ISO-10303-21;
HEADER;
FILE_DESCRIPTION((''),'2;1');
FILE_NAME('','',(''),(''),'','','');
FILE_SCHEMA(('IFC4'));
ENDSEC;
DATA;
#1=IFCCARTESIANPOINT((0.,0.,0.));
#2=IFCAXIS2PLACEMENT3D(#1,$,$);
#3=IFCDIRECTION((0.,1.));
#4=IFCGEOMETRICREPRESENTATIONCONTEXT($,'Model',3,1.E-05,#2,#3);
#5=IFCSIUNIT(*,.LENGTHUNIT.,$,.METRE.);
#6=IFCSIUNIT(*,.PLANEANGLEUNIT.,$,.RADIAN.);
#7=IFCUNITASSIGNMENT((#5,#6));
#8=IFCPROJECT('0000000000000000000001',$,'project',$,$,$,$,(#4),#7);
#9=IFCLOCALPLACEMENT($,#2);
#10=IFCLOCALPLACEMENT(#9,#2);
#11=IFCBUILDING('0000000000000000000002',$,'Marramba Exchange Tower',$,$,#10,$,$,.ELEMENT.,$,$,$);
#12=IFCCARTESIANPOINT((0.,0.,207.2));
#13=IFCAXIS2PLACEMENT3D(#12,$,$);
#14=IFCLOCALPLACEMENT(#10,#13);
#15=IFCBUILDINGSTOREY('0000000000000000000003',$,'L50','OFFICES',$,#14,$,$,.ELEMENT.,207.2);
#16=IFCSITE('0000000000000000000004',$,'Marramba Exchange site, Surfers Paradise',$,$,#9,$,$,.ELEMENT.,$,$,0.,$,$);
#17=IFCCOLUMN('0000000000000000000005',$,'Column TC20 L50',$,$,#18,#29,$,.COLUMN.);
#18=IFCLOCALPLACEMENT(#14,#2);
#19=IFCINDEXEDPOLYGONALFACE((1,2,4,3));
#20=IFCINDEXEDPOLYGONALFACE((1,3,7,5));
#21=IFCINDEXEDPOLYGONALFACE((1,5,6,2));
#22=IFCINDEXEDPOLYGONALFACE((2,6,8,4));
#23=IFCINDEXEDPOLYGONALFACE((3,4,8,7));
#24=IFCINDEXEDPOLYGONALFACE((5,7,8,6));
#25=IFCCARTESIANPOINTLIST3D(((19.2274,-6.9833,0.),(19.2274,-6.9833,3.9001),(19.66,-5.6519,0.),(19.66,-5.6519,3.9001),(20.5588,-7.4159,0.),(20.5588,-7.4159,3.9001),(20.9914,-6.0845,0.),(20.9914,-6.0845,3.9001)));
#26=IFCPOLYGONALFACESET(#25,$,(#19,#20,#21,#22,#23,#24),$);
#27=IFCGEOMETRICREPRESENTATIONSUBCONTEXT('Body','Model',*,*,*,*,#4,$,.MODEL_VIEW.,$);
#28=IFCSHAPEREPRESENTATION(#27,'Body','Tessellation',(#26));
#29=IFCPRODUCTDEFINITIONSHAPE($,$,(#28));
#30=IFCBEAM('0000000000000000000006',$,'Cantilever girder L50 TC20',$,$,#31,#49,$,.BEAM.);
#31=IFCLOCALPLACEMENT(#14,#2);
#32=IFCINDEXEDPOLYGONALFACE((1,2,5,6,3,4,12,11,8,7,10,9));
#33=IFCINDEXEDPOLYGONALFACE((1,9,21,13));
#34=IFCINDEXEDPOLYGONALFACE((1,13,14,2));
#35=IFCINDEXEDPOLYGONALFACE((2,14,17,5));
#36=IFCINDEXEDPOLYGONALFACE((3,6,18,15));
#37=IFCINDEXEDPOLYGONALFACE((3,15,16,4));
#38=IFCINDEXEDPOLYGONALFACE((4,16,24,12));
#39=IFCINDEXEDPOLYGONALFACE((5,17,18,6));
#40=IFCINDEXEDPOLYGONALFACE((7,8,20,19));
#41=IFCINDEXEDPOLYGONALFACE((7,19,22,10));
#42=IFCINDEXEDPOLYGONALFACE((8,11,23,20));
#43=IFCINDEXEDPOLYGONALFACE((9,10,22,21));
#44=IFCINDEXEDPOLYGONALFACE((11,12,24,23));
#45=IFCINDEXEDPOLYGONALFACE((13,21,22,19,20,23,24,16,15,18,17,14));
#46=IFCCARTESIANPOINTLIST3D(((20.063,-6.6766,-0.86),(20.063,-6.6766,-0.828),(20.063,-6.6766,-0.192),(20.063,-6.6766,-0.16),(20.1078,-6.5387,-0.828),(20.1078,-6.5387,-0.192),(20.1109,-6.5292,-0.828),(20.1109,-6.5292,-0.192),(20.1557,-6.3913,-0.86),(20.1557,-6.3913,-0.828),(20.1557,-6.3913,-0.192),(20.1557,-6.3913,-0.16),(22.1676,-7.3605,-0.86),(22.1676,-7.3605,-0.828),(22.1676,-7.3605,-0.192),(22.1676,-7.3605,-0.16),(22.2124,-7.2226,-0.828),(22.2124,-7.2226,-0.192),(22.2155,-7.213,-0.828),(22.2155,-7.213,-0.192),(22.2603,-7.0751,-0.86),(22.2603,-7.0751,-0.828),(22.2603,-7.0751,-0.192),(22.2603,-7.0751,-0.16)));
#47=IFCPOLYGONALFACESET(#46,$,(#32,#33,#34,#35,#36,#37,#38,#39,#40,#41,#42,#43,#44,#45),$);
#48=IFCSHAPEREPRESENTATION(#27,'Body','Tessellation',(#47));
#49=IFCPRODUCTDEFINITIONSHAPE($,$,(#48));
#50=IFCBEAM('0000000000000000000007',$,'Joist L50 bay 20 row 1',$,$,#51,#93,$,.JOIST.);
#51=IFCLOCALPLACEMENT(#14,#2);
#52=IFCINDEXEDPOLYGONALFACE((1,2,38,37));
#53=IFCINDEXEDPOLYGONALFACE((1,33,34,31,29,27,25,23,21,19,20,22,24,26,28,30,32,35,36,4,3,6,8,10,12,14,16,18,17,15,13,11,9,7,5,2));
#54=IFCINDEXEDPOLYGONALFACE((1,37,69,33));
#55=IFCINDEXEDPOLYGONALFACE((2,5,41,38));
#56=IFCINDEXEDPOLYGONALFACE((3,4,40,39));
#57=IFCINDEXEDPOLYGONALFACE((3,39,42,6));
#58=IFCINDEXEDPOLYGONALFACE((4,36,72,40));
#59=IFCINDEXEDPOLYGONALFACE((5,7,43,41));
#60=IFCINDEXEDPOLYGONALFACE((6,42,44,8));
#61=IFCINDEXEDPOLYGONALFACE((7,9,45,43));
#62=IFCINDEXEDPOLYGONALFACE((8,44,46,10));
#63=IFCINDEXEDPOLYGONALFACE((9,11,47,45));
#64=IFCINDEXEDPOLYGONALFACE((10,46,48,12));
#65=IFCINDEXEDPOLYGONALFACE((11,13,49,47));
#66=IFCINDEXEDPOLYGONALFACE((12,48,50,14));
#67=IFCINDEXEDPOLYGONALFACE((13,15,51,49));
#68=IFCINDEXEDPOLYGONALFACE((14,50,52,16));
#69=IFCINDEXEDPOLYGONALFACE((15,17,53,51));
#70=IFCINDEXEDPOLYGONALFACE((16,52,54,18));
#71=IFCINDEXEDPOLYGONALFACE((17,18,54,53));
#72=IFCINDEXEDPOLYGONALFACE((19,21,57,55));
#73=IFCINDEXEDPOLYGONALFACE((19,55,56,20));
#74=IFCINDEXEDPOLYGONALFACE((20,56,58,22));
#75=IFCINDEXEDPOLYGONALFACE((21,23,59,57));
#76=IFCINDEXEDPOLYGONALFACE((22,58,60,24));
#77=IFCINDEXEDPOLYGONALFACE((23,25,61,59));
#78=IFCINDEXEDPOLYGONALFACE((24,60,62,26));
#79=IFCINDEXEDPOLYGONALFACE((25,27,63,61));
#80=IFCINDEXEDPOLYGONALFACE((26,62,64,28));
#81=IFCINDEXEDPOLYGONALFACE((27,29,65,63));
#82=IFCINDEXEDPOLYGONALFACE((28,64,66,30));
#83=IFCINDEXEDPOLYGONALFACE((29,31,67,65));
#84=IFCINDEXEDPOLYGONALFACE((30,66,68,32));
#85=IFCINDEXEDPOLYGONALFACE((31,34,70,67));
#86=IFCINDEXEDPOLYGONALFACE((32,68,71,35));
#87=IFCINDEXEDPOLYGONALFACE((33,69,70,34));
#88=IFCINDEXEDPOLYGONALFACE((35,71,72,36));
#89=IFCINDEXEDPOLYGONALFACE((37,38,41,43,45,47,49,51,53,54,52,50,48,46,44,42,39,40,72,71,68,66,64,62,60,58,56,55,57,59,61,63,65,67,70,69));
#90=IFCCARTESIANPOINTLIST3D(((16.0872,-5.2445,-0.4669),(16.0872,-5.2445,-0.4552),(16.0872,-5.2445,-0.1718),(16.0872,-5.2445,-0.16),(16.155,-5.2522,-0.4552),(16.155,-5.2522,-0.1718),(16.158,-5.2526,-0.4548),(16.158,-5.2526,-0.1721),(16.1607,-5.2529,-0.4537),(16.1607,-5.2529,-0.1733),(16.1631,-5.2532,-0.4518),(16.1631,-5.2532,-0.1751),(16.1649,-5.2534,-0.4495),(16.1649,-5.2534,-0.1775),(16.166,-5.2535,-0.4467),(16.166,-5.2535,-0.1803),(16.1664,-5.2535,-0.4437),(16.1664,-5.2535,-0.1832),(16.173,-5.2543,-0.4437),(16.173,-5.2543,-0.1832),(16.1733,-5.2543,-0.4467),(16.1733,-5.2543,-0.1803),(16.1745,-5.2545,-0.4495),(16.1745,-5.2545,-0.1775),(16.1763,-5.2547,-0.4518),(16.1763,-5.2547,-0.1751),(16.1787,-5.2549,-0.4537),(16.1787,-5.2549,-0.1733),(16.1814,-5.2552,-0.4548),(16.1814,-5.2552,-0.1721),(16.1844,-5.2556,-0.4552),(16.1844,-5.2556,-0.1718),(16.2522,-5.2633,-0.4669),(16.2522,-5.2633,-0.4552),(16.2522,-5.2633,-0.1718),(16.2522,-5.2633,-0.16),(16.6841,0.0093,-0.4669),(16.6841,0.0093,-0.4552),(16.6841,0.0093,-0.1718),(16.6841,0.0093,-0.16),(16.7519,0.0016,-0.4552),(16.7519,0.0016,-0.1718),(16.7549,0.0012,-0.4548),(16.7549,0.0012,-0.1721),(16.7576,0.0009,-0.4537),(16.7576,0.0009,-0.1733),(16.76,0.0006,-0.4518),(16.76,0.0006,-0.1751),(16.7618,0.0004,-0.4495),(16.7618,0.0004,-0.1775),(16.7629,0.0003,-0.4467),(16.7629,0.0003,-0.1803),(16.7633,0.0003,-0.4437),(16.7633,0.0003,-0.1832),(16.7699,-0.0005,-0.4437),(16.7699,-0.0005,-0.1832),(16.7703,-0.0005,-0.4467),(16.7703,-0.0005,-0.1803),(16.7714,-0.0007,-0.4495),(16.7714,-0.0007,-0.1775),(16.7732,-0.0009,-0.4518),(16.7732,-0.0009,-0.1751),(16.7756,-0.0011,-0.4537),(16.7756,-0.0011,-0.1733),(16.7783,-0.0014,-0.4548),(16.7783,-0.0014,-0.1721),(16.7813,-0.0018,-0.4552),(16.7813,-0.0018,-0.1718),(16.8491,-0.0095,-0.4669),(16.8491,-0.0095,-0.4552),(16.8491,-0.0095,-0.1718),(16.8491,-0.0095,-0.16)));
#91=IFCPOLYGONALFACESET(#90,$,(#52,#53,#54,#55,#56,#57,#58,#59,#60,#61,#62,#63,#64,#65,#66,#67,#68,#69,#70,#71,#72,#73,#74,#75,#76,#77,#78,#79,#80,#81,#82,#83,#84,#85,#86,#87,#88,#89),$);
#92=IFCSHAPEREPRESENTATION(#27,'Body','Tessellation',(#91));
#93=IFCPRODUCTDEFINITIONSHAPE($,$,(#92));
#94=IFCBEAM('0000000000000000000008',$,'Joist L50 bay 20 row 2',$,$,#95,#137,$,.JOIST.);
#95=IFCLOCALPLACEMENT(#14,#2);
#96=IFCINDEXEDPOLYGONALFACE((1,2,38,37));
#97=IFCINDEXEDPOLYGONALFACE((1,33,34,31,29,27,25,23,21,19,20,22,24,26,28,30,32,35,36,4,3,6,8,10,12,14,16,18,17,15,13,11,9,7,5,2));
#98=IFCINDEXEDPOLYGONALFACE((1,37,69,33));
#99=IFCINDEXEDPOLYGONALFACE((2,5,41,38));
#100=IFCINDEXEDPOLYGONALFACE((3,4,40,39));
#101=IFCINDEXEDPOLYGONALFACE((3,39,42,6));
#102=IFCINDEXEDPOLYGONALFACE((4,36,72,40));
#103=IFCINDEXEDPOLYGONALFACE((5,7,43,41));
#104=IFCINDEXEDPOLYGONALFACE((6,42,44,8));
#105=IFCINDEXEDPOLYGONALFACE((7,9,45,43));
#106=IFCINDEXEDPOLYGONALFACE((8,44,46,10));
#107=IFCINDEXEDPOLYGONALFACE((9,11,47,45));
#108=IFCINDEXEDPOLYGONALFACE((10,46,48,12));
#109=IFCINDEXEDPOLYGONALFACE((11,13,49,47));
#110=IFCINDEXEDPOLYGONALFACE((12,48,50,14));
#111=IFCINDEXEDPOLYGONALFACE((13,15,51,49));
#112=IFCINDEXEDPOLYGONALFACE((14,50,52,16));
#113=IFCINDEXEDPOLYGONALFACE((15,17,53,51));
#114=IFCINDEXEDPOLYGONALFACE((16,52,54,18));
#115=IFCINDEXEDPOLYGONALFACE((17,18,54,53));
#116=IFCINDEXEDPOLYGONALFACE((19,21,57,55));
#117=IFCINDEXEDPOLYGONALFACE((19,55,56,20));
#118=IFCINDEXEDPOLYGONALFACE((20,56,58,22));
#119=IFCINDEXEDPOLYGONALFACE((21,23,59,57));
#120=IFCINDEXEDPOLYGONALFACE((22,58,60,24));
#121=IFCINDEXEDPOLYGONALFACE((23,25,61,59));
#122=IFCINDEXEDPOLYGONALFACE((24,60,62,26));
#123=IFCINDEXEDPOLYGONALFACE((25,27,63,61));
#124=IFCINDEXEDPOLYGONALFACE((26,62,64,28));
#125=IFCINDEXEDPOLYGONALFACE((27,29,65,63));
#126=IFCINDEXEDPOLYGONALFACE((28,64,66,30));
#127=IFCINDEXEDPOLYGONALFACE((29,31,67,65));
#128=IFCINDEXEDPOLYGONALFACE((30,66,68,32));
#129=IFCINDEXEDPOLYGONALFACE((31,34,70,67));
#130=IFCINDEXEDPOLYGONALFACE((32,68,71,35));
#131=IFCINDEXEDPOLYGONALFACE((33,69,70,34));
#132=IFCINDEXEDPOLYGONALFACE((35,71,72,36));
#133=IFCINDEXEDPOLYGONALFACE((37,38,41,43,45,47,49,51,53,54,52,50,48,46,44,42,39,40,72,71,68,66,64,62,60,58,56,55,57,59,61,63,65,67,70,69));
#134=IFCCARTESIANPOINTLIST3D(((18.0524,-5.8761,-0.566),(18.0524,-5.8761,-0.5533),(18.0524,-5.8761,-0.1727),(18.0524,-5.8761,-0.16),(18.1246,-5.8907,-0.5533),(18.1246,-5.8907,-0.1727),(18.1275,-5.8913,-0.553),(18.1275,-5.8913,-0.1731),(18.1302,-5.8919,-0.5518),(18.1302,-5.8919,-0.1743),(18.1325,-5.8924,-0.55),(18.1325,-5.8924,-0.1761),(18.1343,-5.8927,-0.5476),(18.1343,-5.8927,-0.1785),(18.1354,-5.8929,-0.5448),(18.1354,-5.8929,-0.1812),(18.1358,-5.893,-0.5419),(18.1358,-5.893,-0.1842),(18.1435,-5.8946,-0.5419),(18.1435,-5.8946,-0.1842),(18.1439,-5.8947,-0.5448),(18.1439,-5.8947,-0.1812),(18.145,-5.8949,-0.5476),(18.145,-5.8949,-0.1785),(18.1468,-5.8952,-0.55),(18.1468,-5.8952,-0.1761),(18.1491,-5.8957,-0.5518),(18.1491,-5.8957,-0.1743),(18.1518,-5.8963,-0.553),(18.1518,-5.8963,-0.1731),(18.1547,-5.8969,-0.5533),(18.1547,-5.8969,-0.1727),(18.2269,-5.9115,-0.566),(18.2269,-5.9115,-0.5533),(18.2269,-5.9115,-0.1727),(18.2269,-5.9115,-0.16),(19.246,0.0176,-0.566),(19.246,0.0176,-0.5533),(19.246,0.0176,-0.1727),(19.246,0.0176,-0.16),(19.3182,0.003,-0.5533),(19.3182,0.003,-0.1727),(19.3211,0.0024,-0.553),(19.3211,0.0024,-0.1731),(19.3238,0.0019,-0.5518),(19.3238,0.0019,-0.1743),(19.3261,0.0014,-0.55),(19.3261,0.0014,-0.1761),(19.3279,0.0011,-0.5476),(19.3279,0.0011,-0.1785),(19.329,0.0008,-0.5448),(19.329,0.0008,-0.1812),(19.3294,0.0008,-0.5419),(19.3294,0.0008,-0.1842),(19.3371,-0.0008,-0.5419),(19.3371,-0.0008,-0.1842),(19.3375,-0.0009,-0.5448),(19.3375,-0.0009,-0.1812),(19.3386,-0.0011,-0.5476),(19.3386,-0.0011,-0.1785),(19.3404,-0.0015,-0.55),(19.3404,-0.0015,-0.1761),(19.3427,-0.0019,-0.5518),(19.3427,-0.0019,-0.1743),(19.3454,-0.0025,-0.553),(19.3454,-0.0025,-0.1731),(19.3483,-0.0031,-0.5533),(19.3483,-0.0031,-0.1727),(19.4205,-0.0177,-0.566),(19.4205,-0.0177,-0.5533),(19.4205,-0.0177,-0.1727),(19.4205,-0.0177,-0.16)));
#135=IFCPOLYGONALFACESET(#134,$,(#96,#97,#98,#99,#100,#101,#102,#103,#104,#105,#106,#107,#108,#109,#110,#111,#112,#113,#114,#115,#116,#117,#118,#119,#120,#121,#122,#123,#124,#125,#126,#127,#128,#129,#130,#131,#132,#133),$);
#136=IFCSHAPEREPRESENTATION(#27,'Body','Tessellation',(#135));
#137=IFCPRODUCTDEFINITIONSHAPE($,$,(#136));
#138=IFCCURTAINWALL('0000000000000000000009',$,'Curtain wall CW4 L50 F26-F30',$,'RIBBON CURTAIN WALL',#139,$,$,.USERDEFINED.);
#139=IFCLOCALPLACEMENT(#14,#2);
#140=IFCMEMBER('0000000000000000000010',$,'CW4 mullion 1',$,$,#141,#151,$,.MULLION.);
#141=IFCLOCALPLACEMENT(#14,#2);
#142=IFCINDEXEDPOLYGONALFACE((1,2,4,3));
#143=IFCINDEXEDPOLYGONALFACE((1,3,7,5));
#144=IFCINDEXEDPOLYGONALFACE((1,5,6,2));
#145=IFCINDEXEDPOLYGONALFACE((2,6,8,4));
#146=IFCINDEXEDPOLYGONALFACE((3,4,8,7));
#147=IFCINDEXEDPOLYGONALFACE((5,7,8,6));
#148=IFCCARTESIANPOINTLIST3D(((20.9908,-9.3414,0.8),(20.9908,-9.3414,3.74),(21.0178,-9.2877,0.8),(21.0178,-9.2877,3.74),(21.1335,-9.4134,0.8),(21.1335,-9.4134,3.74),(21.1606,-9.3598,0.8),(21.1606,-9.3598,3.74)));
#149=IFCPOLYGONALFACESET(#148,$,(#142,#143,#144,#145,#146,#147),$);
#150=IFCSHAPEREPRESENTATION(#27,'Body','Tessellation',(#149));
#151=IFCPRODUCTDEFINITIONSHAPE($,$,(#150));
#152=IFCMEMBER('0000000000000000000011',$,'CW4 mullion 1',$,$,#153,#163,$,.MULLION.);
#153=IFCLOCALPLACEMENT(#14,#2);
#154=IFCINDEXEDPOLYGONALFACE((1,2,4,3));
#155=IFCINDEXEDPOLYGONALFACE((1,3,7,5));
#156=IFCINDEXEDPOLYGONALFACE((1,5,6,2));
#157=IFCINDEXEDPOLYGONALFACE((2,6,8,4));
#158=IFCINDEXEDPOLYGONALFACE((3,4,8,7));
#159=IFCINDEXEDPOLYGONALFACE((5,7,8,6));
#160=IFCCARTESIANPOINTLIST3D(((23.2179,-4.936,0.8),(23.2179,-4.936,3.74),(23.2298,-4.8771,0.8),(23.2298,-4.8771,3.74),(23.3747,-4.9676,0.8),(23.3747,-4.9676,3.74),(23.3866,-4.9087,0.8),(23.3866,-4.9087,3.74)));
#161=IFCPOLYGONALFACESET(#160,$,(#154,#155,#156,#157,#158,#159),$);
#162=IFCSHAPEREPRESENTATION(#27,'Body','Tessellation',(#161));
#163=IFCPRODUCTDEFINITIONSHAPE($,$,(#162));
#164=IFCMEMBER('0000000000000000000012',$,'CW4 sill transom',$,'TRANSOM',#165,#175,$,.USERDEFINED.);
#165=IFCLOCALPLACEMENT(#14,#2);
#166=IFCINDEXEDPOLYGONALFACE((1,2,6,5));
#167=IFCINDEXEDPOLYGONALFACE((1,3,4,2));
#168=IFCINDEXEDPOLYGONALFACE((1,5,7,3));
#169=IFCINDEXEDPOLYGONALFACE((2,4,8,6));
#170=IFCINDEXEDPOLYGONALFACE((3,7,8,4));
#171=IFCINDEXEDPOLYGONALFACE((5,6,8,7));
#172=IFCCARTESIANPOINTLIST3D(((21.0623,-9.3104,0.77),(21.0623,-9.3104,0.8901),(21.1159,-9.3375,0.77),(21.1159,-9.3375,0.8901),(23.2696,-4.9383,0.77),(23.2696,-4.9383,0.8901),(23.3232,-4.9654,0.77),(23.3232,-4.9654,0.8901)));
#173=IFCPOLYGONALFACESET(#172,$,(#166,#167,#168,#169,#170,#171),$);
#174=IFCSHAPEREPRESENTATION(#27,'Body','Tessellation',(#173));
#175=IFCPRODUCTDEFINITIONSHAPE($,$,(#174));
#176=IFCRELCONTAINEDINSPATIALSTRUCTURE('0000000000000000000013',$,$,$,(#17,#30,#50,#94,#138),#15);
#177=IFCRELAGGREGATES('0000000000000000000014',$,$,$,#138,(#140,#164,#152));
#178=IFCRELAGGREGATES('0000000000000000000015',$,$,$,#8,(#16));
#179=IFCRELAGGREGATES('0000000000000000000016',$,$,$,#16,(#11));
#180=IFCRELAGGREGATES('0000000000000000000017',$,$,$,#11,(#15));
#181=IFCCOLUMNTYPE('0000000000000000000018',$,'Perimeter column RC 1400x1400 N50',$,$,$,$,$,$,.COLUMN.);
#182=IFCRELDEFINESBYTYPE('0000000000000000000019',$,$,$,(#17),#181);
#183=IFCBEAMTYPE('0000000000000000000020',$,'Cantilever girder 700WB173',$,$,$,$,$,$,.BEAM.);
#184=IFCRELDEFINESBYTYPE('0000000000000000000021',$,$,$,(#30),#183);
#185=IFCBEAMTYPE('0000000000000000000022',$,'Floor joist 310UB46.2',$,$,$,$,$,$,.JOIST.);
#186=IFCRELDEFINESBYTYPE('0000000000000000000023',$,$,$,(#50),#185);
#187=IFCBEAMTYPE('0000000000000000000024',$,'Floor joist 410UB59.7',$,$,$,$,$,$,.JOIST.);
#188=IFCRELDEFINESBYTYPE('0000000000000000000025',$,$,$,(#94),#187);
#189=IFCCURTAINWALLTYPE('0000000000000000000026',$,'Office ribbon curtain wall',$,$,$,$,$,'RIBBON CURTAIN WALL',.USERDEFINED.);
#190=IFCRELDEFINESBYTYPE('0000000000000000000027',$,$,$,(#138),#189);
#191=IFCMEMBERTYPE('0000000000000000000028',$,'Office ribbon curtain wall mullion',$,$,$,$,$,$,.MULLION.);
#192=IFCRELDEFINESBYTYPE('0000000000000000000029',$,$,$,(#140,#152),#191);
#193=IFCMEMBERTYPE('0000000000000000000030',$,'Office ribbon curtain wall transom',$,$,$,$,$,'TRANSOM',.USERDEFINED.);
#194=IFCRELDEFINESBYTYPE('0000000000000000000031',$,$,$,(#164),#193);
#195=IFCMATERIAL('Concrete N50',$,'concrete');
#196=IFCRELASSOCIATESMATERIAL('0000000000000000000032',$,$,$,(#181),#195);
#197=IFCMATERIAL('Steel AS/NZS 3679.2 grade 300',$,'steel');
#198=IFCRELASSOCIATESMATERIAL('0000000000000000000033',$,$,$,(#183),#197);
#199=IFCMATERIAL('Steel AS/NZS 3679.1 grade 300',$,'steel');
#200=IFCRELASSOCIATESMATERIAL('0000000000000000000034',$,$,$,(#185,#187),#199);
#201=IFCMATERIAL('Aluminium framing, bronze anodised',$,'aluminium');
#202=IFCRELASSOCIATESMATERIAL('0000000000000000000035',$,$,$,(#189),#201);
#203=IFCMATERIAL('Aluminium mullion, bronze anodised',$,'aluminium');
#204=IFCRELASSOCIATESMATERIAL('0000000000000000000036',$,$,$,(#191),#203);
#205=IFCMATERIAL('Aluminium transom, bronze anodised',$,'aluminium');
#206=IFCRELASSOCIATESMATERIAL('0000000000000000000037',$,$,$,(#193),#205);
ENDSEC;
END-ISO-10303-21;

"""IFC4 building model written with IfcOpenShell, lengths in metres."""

from ifc_helpers import new_model, si_unit, direction, frame, origin, origin_2d, place, context, subcontext, project, spatial, rectangle, i_section, extrude, material, material_profile, profile_set, type_object, element, aggregate, save


model = new_model("IFC4")

# Units and contexts
model_context = context("Model", 3, precision=1e-05, world=origin(), true_north=direction((0.0, 1.0)))
body_context = subcontext(model_context, "Body", "Model", "MODEL_VIEW")
ifc_project = project(units=[si_unit("LENGTHUNIT", "METRE"), si_unit("PLANEANGLEUNIT", "RADIAN")], contexts=[model_context])

# Site, building, storey
site_placement = place(None, origin())
site = spatial("IfcSite", under=ifc_project, at=site_placement, Name="Marramba Exchange site, Surfers Paradise", CompositionType="ELEMENT", RefElevation=0.0)
building_placement = place(site_placement, origin())
building = spatial("IfcBuilding", under=site, at=building_placement, Name="Marramba Exchange Tower", CompositionType="ELEMENT")
storey_placement = place(building_placement, frame((0.0, 0.0, 207.2)))
storey = spatial("IfcBuildingStorey", under=building, at=storey_placement, Name="L50", Description="OFFICES", CompositionType="ELEMENT", Elevation=207.2)

# Column
ifc_material_1 = material(Name="Concrete N50", Category="concrete")
ifc_material_profile_1 = material_profile(ifc_material_1, rectangle(XDim=1.3999, YDim=1.3999, at=origin_2d()), Name="RC 1400x1400")
ifc_profile_set_1 = profile_set([ifc_material_profile_1], Name="Concrete N50")
column_type = type_object("IfcColumnType", Name="Perimeter column RC 1400x1400 N50", PredefinedType="COLUMN", material=ifc_profile_set_1)
column_placement = place(storey_placement, frame((20.1094, -6.5339, 0.0), z_axis=(0.0, 0.0, 1.0), x_axis=(0.951057, -0.309017, 0.0)))
element("IfcColumn", 1, at=column_placement, inside=storey, type_object=column_type, Name="Column TC20 L50", PredefinedType="COLUMN", context=body_context, shape_type="SweptSolid", body=[
    extrude(rectangle(XDim=1.3999, YDim=1.3999, at=origin_2d()), origin(), (0.0, 0.0, 1.0), 3.9001),
])

# Beams
ifc_material_2 = material(Name="Steel AS/NZS 3679.2 grade 300", Category="steel")
ifc_material_profile_2 = material_profile(ifc_material_2, i_section(OverallWidth=0.3, OverallDepth=0.7, WebThickness=0.01, FlangeThickness=0.032, at=origin_2d()), Name="700WB173")
ifc_profile_set_2 = profile_set([ifc_material_profile_2], Name="Steel AS/NZS 3679.2 grade 300")
beam_type_1 = type_object("IfcBeamType", Name="Cantilever girder 700WB173", PredefinedType="BEAM", material=ifc_profile_set_2)
beam_1_placement = place(storey_placement, frame((20.1094, -6.5339, -0.51), z_axis=(0.95105, -0.309036, 0.0), x_axis=(0.309036, 0.95105, 0.0)))
element("IfcBeam", 2, at=beam_1_placement, inside=storey, type_object=beam_type_1, Name="Cantilever girder L50 TC20", PredefinedType="BEAM", context=body_context, shape_type="SweptSolid", body=[
    extrude(i_section(OverallWidth=0.3, OverallDepth=0.7, WebThickness=0.01, FlangeThickness=0.032, at=origin_2d()), origin(), (0.0, 0.0, 1.0), 2.2129),
])
ifc_material_3 = material(Name="Steel AS/NZS 3679.1 grade 300", Category="steel")
ifc_material_profile_3 = material_profile(ifc_material_3, i_section(OverallWidth=0.166, OverallDepth=0.3069, WebThickness=0.0066, FlangeThickness=0.0117, FilletRadius=0.0115, at=origin_2d()), Name="310UB46.2")
ifc_profile_set_3 = profile_set([ifc_material_profile_3], Name="Steel AS/NZS 3679.1 grade 300")
beam_type_2 = type_object("IfcBeamType", Name="Floor joist 310UB46.2", PredefinedType="JOIST", material=ifc_profile_set_3)
beam_2_placement = place(storey_placement, frame((16.1697, -5.2539, -0.3135), z_axis=(0.112889, 0.993608, 0.0), x_axis=(-0.993608, 0.112889, 0.0)))
element("IfcBeam", 3, at=beam_2_placement, inside=storey, type_object=beam_type_2, Name="Joist L50 bay 20 row 1", PredefinedType="JOIST", context=body_context, shape_type="SweptSolid", body=[
    extrude(i_section(OverallWidth=0.166, OverallDepth=0.3069, WebThickness=0.0066, FlangeThickness=0.0117, FilletRadius=0.0115, at=origin_2d()), origin(), (0.0, 0.0, 1.0), 5.2876),
])
ifc_material_profile_4 = material_profile(ifc_material_3, i_section(OverallWidth=0.178, OverallDepth=0.406, WebThickness=0.0078, FlangeThickness=0.0127, FilletRadius=0.0115, at=origin_2d()), Name="410UB59.7")
ifc_profile_set_4 = profile_set([ifc_material_profile_4], Name="Steel AS/NZS 3679.1 grade 300")
beam_type_3 = type_object("IfcBeamType", Name="Floor joist 410UB59.7", PredefinedType="JOIST", material=ifc_profile_set_4)
beam_3_placement = place(storey_placement, frame((18.1396, -5.8938, -0.363), z_axis=(0.198489, 0.980103, 0.0), x_axis=(-0.980103, 0.198489, 0.0)))
element("IfcBeam", 4, at=beam_3_placement, inside=storey, type_object=beam_type_3, Name="Joist L50 bay 20 row 2", PredefinedType="JOIST", context=body_context, shape_type="SweptSolid", body=[
    extrude(i_section(OverallWidth=0.178, OverallDepth=0.406, WebThickness=0.0078, FlangeThickness=0.0127, FilletRadius=0.0115, at=origin_2d()), origin(), (0.0, 0.0, 1.0), 6.0134),
])

# Curtain wall, members
ifc_material_4 = material(Name="Aluminium framing, bronze anodised", Category="aluminium")
curtain_wall_type = type_object("IfcCurtainWallType", Name="Office ribbon curtain wall", ElementType="RIBBON CURTAIN WALL", PredefinedType="USERDEFINED", material=ifc_material_4)
curtain_wall_placement = place(storey_placement, origin())
curtain_wall = element("IfcCurtainWall", 5, at=curtain_wall_placement, inside=storey, type_object=curtain_wall_type, Name="Curtain wall CW4 L50 F26-F30", ObjectType="RIBBON CURTAIN WALL", PredefinedType="USERDEFINED")
ifc_material_5 = material(Name="Aluminium mullion, bronze anodised", Category="aluminium")
ifc_material_profile_5 = material_profile(ifc_material_5, rectangle(XDim=0.1599, YDim=0.0601, at=origin_2d()), Name="CW4 mullion 60x160")
ifc_profile_set_5 = profile_set([ifc_material_profile_5], Name="Aluminium mullion, bronze anodised")
member_type_1 = type_object("IfcMemberType", Name="Office ribbon curtain wall mullion", PredefinedType="MULLION", material=ifc_profile_set_5)
member_1_placement = place(storey_placement, frame((21.0757, -9.3506, 0.8), z_axis=(0.0, 0.0, 1.0), x_axis=(-0.892689, 0.450673, 0.0)))
member_1 = element("IfcMember", 6, at=member_1_placement, type_object=member_type_1, Name="CW4 mullion 1", PredefinedType="MULLION", context=body_context, shape_type="SweptSolid", body=[
    extrude(rectangle(XDim=0.1599, YDim=0.0601, at=origin_2d()), origin(), (0.0, 0.0, 1.0), 2.9399),
])
member_2_placement = place(storey_placement, frame((23.3022, -4.9224, 0.8), z_axis=(0.0, 0.0, 1.0), x_axis=(-0.980304, 0.197495, 0.0)))
member_2 = element("IfcMember", 7, at=member_2_placement, type_object=member_type_1, Name="CW4 mullion 1", PredefinedType="MULLION", context=body_context, shape_type="SweptSolid", body=[
    extrude(rectangle(XDim=0.1599, YDim=0.0601, at=origin_2d()), origin(), (0.0, 0.0, 1.0), 2.9399),
])
ifc_material_6 = material(Name="Aluminium transom, bronze anodised", Category="aluminium")
ifc_material_profile_6 = material_profile(ifc_material_6, rectangle(XDim=0.0601, YDim=0.1201, at=origin_2d()), Name="CW4 transom 60x120")
ifc_profile_set_6 = profile_set([ifc_material_profile_6], Name="Aluminium transom, bronze anodised")
member_type_2 = type_object("IfcMemberType", Name="Office ribbon curtain wall transom", ElementType="TRANSOM", PredefinedType="USERDEFINED", material=ifc_profile_set_6)
member_3_placement = place(storey_placement, frame((21.0891, -9.324, 0.8301), z_axis=(0.45068, 0.892686, 0.0), x_axis=(-0.892686, 0.45068, 0.0)))
member_3 = element("IfcMember", 8, at=member_3_placement, type_object=member_type_2, Name="CW4 sill transom", ObjectType="TRANSOM", PredefinedType="USERDEFINED", context=body_context, shape_type="SweptSolid", body=[
    extrude(rectangle(XDim=0.0601, YDim=0.1201, at=origin_2d()), origin(), (0.0, 0.0, 1.0), 4.8977),
])

aggregate(curtain_wall, [member_1, member_3, member_2])

save(model, "model.ifc")
